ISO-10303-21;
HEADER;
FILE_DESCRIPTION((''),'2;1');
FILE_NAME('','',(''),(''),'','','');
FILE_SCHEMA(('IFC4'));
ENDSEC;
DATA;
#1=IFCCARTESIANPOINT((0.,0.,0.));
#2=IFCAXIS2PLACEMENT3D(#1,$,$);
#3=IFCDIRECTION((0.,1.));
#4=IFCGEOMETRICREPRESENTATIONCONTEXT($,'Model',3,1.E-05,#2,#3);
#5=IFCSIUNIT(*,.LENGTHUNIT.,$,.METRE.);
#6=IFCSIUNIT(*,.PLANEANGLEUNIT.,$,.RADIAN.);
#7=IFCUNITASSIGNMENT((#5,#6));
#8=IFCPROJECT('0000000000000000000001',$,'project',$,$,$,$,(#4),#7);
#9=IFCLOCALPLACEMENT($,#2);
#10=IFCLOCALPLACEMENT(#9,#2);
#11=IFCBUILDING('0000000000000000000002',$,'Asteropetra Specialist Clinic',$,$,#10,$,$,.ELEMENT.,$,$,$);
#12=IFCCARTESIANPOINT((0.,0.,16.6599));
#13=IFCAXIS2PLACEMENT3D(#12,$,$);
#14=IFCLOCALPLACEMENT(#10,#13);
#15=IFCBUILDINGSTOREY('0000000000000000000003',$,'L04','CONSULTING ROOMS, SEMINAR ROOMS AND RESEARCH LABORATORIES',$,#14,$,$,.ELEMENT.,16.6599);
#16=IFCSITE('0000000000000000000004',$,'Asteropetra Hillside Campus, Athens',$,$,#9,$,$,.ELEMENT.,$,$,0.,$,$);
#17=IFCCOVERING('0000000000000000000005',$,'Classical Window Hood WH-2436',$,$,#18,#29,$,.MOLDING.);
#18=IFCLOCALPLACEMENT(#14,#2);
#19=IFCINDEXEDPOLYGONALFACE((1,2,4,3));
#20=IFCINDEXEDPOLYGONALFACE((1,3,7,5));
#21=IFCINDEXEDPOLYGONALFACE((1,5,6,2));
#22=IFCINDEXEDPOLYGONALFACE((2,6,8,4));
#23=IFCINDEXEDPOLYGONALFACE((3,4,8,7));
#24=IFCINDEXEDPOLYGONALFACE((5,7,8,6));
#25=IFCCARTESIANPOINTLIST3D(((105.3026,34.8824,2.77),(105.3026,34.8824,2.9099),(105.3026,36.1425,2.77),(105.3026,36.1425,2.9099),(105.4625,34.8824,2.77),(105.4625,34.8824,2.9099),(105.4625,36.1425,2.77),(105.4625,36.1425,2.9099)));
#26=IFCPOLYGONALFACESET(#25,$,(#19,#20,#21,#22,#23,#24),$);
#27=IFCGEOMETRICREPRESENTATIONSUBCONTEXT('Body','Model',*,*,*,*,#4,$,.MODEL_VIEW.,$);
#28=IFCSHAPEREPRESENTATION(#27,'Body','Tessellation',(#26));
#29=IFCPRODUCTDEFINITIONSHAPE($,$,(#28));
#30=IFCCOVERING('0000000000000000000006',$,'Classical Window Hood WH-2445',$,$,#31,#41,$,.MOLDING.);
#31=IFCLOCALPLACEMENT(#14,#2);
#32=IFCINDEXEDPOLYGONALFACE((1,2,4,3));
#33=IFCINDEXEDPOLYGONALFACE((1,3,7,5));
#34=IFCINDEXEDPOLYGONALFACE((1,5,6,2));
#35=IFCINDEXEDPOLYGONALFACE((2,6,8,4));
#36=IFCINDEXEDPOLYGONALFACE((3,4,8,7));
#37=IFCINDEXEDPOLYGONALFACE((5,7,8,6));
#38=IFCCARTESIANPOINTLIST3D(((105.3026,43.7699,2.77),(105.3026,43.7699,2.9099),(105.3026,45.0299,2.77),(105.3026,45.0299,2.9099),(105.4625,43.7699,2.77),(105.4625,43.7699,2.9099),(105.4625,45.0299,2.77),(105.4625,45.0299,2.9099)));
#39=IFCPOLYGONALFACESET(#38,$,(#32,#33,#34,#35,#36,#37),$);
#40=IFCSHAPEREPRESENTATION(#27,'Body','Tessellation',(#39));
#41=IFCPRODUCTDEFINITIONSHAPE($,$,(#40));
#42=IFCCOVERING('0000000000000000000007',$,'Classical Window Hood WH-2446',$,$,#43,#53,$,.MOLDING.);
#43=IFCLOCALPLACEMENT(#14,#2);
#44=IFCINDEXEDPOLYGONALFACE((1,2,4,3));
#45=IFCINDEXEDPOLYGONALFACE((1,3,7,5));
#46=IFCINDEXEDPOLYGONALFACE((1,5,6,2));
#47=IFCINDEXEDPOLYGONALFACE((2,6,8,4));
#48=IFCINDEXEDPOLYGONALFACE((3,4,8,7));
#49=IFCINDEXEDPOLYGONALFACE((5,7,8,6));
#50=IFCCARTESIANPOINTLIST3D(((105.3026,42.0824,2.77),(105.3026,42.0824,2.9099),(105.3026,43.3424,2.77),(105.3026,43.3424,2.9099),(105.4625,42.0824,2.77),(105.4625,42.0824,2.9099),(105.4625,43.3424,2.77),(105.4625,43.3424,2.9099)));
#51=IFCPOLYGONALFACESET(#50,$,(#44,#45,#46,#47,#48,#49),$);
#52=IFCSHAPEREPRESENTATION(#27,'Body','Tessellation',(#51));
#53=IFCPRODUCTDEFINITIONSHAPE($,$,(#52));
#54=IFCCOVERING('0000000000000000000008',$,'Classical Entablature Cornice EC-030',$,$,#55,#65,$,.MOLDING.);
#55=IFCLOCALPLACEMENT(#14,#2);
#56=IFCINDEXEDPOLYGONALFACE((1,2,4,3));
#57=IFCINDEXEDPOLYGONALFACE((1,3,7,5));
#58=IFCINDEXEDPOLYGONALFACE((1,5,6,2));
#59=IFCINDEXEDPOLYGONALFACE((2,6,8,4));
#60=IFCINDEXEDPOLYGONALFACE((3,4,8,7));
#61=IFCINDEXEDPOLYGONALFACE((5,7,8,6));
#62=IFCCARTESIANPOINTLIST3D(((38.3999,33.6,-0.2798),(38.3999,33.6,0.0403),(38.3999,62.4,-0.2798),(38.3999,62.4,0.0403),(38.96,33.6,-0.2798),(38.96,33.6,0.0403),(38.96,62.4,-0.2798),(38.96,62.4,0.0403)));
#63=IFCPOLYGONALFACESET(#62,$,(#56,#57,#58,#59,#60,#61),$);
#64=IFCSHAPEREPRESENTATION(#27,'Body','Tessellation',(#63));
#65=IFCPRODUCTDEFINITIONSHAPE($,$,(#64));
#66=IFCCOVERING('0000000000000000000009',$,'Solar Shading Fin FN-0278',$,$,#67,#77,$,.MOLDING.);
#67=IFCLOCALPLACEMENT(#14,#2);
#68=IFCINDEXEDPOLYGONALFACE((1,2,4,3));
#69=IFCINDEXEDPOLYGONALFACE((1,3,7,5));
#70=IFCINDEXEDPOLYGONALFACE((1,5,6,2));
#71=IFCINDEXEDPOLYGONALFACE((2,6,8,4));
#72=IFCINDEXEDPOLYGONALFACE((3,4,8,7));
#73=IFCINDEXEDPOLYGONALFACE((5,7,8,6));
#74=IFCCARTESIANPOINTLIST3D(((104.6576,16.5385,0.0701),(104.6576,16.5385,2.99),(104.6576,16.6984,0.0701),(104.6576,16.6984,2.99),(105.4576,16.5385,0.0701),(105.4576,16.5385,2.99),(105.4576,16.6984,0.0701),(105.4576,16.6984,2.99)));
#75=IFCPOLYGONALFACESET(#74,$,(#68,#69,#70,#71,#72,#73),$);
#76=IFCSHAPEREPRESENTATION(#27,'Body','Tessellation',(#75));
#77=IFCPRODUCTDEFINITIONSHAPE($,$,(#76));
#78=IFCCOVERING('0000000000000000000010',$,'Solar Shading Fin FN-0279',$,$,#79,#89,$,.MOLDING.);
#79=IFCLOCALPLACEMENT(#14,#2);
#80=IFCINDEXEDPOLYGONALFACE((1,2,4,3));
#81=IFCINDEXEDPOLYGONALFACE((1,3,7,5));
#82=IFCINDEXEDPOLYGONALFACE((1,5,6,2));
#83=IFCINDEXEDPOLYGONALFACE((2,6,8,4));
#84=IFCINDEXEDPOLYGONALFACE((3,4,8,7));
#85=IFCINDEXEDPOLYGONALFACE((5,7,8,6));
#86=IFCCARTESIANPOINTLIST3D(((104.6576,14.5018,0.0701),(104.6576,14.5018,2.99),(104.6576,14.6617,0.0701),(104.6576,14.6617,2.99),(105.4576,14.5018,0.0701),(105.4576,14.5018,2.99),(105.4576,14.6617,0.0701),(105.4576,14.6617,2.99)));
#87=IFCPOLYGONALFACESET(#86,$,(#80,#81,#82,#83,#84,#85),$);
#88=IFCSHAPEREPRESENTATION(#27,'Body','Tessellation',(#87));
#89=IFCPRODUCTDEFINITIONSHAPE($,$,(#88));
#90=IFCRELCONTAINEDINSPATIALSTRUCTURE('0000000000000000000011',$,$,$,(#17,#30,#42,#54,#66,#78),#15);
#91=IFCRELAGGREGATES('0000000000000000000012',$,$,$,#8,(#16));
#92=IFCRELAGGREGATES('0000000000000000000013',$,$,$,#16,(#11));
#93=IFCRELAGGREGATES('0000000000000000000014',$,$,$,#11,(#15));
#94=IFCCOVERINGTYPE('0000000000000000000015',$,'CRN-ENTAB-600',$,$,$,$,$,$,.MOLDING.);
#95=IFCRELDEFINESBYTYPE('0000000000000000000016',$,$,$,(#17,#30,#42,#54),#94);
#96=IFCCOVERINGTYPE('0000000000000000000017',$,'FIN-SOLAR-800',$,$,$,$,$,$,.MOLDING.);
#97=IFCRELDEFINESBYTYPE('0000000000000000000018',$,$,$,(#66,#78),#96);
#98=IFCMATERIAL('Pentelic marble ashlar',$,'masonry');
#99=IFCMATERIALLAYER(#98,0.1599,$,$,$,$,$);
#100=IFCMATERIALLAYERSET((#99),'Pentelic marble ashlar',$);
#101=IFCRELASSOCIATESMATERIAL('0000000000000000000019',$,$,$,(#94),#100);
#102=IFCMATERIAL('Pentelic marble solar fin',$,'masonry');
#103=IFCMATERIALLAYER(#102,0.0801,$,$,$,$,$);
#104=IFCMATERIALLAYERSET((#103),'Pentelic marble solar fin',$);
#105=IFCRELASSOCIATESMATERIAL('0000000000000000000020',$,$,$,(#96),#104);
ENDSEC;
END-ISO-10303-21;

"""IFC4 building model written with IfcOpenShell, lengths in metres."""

from ifc_helpers import new_model, si_unit, direction, frame, origin, origin_2d, place, context, subcontext, project, spatial, rectangle, extrude, material, layer, layer_set, type_object, element, save


model = new_model("IFC4")

# Units and contexts
model_context = context("Model", 3, precision=1e-05, world=origin(), true_north=direction((0.0, 1.0)))
body_context = subcontext(model_context, "Body", "Model", "MODEL_VIEW")
ifc_project = project(units=[si_unit("LENGTHUNIT", "METRE"), si_unit("PLANEANGLEUNIT", "RADIAN")], contexts=[model_context])

# Site, building, storey
site_placement = place(None, origin())
site = spatial("IfcSite", under=ifc_project, at=site_placement, Name="Asteropetra Hillside Campus, Athens", CompositionType="ELEMENT", RefElevation=0.0)
building_placement = place(site_placement, origin())
building = spatial("IfcBuilding", under=site, at=building_placement, Name="Asteropetra Specialist Clinic", CompositionType="ELEMENT")
storey_placement = place(building_placement, frame((0.0, 0.0, 16.6599)))
storey = spatial("IfcBuildingStorey", under=building, at=storey_placement, Name="L04", Description="CONSULTING ROOMS, SEMINAR ROOMS AND RESEARCH LABORATORIES", CompositionType="ELEMENT", Elevation=16.6599)

# Coverings
ifc_material_1 = material(Name="Pentelic marble ashlar", Category="masonry")
ifc_layer_1 = layer(ifc_material_1, 0.1599)
ifc_layer_set_1 = layer_set([ifc_layer_1], Name="Pentelic marble ashlar")
covering_type_1 = type_object("IfcCoveringType", Name="CRN-ENTAB-600", PredefinedType="MOLDING", material=ifc_layer_set_1)
for number, where, z_axis, x_axis, name in (
    (1, (105.3826, 35.5125, 2.77), (0.0, 0.0, 1.0), (1.0, 0.0, 0.0), "Classical Window Hood WH-2436"),
    (2, (105.3826, 44.3999, 2.77), (0.0, 0.0, 1.0), (1.0, 0.0, 0.0), "Classical Window Hood WH-2445"),
    (3, (105.3826, 42.7124, 2.77), (0.0, 0.0, 1.0), (1.0, 0.0, 0.0), "Classical Window Hood WH-2446"),
):
    element("IfcCovering", number, at=place(storey_placement, frame(where, z_axis=z_axis, x_axis=x_axis)), inside=storey, type_object=covering_type_1, Name=name, PredefinedType="MOLDING", context=body_context, shape_type="SweptSolid", body=[
        extrude(rectangle(XDim=0.1599, YDim=1.26, at=origin_2d()), origin(), (0.0, 0.0, 1.0), 0.1399),
    ])
covering_placement = place(storey_placement, frame((38.6799, 48.0, -0.2798), z_axis=(0.0, 0.0, 1.0), x_axis=(1.0, 0.0, 0.0)))
element("IfcCovering", 4, at=covering_placement, inside=storey, type_object=covering_type_1, Name="Classical Entablature Cornice EC-030", PredefinedType="MOLDING", context=body_context, shape_type="SweptSolid", body=[
    extrude(rectangle(XDim=0.5601, YDim=28.8, at=origin_2d()), origin(), (0.0, 0.0, 1.0), 0.3201),
])
ifc_material_2 = material(Name="Pentelic marble solar fin", Category="masonry")
ifc_layer_2 = layer(ifc_material_2, 0.0801)
ifc_layer_set_2 = layer_set([ifc_layer_2], Name="Pentelic marble solar fin")
covering_type_2 = type_object("IfcCoveringType", Name="FIN-SOLAR-800", PredefinedType="MOLDING", material=ifc_layer_set_2)
for number, where, z_axis, x_axis, name in (
    (5, (105.0576, 16.6184, 0.0701), (0.0, 0.0, 1.0), (1.0, 0.0, 0.0), "Solar Shading Fin FN-0278"),
    (6, (105.0576, 14.5818, 0.0701), (0.0, 0.0, 1.0), (1.0, 0.0, 0.0), "Solar Shading Fin FN-0279"),
):
    element("IfcCovering", number, at=place(storey_placement, frame(where, z_axis=z_axis, x_axis=x_axis)), inside=storey, type_object=covering_type_2, Name=name, PredefinedType="MOLDING", context=body_context, shape_type="SweptSolid", body=[
        extrude(rectangle(XDim=0.8, YDim=0.1599, at=origin_2d()), origin(), (0.0, 0.0, 1.0), 2.9199),
    ])

save(model, "model.ifc")
